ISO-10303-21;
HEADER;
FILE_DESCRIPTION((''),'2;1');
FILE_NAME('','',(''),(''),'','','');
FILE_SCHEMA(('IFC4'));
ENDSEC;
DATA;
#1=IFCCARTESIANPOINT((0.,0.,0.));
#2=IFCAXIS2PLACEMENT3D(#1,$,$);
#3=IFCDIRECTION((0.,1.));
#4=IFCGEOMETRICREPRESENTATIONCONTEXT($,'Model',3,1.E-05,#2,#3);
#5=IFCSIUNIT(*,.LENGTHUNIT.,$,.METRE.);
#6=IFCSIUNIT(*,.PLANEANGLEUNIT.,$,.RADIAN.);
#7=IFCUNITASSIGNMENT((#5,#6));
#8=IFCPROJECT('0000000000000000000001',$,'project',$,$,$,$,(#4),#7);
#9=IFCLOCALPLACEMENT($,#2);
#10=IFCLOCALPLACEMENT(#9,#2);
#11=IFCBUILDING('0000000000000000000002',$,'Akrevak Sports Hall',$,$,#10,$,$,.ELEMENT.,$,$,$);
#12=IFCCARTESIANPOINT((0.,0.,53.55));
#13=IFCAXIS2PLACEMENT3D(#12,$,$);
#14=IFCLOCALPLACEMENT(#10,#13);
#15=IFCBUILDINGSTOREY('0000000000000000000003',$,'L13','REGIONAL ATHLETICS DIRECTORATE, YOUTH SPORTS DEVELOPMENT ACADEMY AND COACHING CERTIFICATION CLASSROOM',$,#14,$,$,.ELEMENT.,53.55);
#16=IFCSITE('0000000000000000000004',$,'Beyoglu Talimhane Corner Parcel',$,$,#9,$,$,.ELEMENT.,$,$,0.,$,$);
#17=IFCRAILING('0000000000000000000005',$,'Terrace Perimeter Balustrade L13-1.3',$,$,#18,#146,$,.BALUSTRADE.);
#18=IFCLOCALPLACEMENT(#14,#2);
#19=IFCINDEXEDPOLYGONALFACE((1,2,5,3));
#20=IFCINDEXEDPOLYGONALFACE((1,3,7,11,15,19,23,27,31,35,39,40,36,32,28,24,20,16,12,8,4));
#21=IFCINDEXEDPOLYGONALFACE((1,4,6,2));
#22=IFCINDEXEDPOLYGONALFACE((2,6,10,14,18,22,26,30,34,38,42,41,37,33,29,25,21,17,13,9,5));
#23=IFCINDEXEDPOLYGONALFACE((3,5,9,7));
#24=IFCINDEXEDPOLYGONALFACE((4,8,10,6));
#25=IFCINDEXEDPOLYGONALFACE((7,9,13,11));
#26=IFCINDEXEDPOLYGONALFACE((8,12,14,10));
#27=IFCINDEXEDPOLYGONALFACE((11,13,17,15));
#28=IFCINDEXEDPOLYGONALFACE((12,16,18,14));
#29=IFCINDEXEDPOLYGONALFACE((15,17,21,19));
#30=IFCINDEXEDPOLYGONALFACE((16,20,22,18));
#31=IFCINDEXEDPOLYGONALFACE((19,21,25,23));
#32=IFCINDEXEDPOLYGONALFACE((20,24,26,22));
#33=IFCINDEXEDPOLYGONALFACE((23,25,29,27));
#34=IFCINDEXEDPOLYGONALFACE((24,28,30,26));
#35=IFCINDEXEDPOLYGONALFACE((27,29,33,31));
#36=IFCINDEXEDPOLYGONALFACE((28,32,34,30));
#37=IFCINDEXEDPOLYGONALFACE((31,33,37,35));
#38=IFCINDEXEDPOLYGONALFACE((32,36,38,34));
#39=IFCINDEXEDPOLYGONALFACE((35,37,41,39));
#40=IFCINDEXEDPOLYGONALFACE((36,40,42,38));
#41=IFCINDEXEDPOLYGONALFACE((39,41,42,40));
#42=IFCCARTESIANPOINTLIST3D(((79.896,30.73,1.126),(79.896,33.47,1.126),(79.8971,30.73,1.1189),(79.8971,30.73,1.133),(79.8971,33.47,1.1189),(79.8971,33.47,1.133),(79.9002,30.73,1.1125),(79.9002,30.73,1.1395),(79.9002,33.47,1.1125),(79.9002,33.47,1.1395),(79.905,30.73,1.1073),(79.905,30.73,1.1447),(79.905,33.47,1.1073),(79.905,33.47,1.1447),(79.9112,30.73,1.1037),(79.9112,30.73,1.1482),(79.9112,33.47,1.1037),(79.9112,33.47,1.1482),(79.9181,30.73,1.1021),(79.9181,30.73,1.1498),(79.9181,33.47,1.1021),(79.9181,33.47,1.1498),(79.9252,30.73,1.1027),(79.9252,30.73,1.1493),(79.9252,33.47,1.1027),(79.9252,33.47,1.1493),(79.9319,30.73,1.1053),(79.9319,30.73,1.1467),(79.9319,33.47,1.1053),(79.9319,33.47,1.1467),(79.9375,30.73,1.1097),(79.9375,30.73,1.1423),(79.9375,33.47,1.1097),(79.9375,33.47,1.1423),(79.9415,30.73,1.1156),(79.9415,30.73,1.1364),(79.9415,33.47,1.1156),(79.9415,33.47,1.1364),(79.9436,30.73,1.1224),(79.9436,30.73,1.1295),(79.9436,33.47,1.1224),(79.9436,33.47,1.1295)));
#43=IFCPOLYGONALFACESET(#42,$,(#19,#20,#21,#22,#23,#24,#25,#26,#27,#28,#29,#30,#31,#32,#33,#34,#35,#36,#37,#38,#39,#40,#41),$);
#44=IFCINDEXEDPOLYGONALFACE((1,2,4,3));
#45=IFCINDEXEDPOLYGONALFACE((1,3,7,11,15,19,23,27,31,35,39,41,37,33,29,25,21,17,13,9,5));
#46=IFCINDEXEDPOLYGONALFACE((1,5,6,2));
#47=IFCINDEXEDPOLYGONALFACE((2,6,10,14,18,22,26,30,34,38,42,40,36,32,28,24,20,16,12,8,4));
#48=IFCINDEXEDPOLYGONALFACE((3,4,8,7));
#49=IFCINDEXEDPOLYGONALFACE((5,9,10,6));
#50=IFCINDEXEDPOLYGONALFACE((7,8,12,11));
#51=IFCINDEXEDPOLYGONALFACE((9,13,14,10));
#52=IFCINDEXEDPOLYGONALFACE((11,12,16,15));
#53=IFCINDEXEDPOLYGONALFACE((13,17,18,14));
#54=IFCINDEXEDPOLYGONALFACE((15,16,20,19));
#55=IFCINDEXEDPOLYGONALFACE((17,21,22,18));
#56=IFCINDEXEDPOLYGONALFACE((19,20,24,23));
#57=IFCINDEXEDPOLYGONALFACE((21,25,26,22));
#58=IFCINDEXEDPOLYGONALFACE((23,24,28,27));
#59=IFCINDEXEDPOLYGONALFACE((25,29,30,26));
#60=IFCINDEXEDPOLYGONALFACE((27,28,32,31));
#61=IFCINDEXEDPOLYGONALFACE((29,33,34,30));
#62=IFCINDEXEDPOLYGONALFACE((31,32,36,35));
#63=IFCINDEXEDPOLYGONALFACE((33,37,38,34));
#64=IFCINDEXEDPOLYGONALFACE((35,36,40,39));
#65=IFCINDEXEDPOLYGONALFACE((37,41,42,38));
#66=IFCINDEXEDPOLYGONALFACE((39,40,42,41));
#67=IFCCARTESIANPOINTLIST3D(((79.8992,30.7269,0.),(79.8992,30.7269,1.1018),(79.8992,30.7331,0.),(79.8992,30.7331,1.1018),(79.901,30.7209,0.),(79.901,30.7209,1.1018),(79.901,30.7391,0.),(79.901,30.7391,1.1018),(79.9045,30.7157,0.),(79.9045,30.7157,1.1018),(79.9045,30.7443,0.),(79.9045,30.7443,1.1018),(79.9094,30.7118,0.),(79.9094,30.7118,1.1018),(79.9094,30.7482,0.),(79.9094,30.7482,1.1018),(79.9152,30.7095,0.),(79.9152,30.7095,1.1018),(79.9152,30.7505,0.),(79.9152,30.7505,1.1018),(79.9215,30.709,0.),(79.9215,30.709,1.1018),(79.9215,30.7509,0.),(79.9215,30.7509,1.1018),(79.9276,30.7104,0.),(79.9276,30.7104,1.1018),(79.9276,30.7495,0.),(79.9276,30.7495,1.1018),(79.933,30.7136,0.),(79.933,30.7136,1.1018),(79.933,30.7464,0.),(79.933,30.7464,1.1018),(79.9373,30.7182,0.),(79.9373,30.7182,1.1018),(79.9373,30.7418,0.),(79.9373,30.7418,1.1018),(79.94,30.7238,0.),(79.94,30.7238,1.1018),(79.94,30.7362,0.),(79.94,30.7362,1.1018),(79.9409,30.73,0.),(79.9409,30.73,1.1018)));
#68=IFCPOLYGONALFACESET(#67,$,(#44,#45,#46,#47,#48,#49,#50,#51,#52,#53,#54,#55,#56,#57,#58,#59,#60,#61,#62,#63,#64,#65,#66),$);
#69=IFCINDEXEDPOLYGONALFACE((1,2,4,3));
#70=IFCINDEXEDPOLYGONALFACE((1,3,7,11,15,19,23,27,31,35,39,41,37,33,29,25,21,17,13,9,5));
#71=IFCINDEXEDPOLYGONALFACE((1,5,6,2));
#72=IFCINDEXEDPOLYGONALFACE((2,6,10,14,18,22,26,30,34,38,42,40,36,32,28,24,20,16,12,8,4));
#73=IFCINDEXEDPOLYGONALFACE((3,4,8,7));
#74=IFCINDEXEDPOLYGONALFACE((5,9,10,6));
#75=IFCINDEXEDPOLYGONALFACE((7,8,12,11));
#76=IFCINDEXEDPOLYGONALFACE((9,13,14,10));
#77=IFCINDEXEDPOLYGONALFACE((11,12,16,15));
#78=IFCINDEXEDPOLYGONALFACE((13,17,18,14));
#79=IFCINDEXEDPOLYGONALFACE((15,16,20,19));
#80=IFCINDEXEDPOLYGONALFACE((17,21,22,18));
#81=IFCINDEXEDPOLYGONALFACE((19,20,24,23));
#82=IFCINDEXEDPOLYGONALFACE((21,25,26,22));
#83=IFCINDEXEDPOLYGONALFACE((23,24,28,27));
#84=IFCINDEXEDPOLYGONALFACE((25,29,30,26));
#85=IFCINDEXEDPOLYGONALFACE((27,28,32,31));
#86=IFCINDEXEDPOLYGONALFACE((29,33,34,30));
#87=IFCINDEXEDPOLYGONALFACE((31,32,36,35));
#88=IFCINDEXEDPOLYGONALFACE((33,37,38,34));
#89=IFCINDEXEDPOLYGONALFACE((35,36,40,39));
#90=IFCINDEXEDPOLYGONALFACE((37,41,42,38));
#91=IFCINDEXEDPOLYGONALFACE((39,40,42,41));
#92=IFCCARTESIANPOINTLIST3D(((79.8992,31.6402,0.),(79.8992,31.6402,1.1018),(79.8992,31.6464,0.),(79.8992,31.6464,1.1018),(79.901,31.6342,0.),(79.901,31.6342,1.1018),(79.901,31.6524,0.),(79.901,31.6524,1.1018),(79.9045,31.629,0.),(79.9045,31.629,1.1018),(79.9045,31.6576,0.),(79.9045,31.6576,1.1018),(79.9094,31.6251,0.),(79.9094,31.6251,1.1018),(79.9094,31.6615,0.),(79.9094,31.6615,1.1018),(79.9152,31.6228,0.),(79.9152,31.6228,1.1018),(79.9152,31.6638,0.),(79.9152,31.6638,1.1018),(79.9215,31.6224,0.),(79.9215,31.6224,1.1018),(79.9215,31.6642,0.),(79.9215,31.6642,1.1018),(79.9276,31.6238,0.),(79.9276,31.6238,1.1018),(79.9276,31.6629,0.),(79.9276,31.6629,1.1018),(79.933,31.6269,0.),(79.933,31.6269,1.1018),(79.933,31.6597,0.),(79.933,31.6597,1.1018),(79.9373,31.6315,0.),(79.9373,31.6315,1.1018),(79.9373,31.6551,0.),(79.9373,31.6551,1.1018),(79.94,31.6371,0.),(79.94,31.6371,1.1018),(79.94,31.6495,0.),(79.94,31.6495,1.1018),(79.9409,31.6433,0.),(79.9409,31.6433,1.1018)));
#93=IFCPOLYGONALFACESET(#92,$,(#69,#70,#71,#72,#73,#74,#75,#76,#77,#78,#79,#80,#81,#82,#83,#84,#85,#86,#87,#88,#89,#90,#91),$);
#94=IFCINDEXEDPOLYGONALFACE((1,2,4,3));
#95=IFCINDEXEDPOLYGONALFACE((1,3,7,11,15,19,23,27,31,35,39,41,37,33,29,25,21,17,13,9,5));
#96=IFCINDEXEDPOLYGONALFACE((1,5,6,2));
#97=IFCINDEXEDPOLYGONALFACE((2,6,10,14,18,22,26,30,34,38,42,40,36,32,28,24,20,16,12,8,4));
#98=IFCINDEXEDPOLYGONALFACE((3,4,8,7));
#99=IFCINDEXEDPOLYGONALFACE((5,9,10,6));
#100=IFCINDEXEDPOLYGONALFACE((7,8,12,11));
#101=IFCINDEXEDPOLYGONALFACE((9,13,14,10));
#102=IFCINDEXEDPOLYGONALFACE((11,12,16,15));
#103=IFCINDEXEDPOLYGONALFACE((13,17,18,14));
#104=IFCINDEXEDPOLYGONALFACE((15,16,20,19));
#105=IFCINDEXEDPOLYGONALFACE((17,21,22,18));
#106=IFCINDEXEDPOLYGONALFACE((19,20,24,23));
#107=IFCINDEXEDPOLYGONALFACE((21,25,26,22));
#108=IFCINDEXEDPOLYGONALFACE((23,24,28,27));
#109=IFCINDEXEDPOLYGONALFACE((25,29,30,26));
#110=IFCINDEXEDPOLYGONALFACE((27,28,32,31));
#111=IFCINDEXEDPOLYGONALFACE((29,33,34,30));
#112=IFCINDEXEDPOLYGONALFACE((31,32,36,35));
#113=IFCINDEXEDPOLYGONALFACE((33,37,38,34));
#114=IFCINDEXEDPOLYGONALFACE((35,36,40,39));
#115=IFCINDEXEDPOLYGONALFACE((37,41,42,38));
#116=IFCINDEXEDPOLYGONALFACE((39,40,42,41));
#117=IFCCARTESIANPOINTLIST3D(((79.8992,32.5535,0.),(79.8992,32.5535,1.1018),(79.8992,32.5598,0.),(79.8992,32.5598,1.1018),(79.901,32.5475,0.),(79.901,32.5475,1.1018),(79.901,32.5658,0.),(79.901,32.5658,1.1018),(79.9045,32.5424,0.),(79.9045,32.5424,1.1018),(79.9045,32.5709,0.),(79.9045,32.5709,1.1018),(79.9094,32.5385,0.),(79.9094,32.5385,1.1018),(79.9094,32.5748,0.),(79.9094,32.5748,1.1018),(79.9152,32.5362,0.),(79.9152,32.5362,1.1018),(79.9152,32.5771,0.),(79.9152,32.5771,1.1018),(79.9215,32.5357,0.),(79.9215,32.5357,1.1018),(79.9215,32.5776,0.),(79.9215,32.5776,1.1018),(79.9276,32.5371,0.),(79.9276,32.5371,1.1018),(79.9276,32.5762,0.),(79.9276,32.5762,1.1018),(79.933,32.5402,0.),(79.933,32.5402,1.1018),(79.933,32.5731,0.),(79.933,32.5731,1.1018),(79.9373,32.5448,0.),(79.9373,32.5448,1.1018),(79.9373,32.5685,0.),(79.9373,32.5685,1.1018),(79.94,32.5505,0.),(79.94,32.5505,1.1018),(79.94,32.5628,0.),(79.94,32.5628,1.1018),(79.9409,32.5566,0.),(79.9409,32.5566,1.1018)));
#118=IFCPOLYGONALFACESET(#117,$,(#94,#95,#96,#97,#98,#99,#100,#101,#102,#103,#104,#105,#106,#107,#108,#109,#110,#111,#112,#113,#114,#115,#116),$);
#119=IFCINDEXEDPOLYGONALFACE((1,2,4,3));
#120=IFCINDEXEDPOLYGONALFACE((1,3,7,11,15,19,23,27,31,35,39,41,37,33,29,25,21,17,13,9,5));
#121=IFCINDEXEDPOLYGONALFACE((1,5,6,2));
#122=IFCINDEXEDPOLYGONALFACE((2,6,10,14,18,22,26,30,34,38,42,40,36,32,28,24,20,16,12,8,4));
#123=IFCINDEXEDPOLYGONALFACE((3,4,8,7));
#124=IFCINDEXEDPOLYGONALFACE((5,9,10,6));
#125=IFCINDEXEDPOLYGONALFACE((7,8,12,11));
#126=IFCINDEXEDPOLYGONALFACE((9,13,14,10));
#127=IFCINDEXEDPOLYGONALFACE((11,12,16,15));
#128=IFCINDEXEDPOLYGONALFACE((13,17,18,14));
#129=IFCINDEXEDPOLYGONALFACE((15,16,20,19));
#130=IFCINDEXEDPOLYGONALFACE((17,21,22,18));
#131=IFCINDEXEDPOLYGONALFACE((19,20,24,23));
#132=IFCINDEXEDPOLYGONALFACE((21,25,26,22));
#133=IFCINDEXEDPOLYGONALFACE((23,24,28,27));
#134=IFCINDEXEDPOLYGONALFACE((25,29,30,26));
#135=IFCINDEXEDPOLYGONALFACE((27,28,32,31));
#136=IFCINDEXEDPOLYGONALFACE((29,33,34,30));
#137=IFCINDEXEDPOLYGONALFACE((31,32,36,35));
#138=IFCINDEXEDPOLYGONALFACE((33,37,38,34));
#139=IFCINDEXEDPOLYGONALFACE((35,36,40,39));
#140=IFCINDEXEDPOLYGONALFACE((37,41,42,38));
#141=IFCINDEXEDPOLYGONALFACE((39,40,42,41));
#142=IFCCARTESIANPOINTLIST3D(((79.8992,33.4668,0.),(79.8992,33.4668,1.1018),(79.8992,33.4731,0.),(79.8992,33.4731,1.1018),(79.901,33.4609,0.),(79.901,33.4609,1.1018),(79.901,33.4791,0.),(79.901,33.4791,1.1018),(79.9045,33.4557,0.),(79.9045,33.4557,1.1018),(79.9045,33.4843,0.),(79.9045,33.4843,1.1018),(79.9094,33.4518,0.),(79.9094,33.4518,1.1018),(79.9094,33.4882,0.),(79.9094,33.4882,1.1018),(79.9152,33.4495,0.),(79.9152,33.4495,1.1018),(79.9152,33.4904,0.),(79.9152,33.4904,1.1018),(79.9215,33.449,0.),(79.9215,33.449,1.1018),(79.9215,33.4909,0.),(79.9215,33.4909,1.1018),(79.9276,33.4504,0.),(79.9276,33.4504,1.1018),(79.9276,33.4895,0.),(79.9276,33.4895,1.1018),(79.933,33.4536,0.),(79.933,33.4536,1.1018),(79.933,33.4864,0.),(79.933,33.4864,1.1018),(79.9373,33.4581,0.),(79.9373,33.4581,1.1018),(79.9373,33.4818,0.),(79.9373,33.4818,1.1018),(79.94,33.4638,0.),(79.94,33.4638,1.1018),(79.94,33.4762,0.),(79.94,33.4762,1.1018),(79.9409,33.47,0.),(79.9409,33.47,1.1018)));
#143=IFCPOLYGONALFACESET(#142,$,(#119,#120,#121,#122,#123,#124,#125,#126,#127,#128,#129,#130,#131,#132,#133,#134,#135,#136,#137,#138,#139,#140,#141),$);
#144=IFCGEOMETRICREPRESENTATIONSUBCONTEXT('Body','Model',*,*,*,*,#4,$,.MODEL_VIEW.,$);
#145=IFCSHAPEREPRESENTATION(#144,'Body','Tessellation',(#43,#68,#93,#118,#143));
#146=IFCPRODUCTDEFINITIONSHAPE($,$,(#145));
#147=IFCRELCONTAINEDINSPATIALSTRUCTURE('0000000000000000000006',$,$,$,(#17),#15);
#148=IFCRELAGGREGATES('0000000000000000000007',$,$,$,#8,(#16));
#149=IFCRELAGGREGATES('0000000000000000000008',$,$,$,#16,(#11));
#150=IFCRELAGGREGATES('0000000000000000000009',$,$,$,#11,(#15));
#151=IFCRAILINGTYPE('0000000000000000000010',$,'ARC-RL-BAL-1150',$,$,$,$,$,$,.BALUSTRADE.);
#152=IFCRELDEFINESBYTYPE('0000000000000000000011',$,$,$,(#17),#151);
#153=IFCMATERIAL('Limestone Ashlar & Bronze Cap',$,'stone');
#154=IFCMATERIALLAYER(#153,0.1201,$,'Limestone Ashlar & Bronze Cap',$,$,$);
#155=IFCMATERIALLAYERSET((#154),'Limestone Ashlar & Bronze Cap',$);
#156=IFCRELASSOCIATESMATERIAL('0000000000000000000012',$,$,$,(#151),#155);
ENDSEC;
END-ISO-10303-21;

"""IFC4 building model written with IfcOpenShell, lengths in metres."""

from ifc_helpers import new_model, si_unit, direction, frame, origin, origin_2d, place, context, subcontext, project, spatial, circle, extrude, material, layer, layer_set, type_object, element, save


model = new_model("IFC4")

# Units and contexts
model_context = context("Model", 3, precision=1e-05, world=origin(), true_north=direction((0.0, 1.0)))
body_context = subcontext(model_context, "Body", "Model", "MODEL_VIEW")
ifc_project = project(units=[si_unit("LENGTHUNIT", "METRE"), si_unit("PLANEANGLEUNIT", "RADIAN")], contexts=[model_context])

# Site, building, storey
site_placement = place(None, origin())
site = spatial("IfcSite", under=ifc_project, at=site_placement, Name="Beyoglu Talimhane Corner Parcel", CompositionType="ELEMENT", RefElevation=0.0)
building_placement = place(site_placement, origin())
building = spatial("IfcBuilding", under=site, at=building_placement, Name="Akrevak Sports Hall", CompositionType="ELEMENT")
storey_placement = place(building_placement, frame((0.0, 0.0, 53.55)))
storey = spatial("IfcBuildingStorey", under=building, at=storey_placement, Name="L13", Description="REGIONAL ATHLETICS DIRECTORATE, YOUTH SPORTS DEVELOPMENT ACADEMY AND COACHING CERTIFICATION CLASSROOM", CompositionType="ELEMENT", Elevation=53.55)

# Railing
ifc_material_1 = material(Name="Limestone Ashlar & Bronze Cap", Category="stone")
ifc_layer_1 = layer(ifc_material_1, 0.1201, Name="Limestone Ashlar & Bronze Cap")
ifc_layer_set_1 = layer_set([ifc_layer_1], Name="Limestone Ashlar & Bronze Cap")
railing_type = type_object("IfcRailingType", Name="ARC-RL-BAL-1150", PredefinedType="BALUSTRADE", material=ifc_layer_set_1)
railing_1_placement = place(storey_placement, frame((79.9199, 30.73, 0.0)))
element("IfcRailing", 1, at=railing_1_placement, inside=storey, type_object=railing_type, Name="Terrace Perimeter Balustrade L13-1.3", PredefinedType="BALUSTRADE", context=body_context, shape_type="SweptSolid", body=[
    extrude(circle(Radius=0.0239, at=origin_2d()), frame((0.0, 0.0, 1.126), z_axis=(0.0, 1.0, 0.0), x_axis=(-1.0, 0.0, 0.0)), (0.0, 0.0, 1.0), 2.74),
    extrude(circle(Radius=0.021, at=origin_2d()), origin(), (0.0, 0.0, 1.0), 1.1018),
    extrude(circle(Radius=0.021, at=origin_2d()), frame((0.0, 0.9133, 0.0)), (0.0, 0.0, 1.0), 1.1018),
    extrude(circle(Radius=0.021, at=origin_2d()), frame((0.0, 1.8267, 0.0)), (0.0, 0.0, 1.0), 1.1018),
    extrude(circle(Radius=0.021, at=origin_2d()), frame((0.0, 2.74, 0.0)), (0.0, 0.0, 1.0), 1.1018),
])

save(model, "model.ifc")
